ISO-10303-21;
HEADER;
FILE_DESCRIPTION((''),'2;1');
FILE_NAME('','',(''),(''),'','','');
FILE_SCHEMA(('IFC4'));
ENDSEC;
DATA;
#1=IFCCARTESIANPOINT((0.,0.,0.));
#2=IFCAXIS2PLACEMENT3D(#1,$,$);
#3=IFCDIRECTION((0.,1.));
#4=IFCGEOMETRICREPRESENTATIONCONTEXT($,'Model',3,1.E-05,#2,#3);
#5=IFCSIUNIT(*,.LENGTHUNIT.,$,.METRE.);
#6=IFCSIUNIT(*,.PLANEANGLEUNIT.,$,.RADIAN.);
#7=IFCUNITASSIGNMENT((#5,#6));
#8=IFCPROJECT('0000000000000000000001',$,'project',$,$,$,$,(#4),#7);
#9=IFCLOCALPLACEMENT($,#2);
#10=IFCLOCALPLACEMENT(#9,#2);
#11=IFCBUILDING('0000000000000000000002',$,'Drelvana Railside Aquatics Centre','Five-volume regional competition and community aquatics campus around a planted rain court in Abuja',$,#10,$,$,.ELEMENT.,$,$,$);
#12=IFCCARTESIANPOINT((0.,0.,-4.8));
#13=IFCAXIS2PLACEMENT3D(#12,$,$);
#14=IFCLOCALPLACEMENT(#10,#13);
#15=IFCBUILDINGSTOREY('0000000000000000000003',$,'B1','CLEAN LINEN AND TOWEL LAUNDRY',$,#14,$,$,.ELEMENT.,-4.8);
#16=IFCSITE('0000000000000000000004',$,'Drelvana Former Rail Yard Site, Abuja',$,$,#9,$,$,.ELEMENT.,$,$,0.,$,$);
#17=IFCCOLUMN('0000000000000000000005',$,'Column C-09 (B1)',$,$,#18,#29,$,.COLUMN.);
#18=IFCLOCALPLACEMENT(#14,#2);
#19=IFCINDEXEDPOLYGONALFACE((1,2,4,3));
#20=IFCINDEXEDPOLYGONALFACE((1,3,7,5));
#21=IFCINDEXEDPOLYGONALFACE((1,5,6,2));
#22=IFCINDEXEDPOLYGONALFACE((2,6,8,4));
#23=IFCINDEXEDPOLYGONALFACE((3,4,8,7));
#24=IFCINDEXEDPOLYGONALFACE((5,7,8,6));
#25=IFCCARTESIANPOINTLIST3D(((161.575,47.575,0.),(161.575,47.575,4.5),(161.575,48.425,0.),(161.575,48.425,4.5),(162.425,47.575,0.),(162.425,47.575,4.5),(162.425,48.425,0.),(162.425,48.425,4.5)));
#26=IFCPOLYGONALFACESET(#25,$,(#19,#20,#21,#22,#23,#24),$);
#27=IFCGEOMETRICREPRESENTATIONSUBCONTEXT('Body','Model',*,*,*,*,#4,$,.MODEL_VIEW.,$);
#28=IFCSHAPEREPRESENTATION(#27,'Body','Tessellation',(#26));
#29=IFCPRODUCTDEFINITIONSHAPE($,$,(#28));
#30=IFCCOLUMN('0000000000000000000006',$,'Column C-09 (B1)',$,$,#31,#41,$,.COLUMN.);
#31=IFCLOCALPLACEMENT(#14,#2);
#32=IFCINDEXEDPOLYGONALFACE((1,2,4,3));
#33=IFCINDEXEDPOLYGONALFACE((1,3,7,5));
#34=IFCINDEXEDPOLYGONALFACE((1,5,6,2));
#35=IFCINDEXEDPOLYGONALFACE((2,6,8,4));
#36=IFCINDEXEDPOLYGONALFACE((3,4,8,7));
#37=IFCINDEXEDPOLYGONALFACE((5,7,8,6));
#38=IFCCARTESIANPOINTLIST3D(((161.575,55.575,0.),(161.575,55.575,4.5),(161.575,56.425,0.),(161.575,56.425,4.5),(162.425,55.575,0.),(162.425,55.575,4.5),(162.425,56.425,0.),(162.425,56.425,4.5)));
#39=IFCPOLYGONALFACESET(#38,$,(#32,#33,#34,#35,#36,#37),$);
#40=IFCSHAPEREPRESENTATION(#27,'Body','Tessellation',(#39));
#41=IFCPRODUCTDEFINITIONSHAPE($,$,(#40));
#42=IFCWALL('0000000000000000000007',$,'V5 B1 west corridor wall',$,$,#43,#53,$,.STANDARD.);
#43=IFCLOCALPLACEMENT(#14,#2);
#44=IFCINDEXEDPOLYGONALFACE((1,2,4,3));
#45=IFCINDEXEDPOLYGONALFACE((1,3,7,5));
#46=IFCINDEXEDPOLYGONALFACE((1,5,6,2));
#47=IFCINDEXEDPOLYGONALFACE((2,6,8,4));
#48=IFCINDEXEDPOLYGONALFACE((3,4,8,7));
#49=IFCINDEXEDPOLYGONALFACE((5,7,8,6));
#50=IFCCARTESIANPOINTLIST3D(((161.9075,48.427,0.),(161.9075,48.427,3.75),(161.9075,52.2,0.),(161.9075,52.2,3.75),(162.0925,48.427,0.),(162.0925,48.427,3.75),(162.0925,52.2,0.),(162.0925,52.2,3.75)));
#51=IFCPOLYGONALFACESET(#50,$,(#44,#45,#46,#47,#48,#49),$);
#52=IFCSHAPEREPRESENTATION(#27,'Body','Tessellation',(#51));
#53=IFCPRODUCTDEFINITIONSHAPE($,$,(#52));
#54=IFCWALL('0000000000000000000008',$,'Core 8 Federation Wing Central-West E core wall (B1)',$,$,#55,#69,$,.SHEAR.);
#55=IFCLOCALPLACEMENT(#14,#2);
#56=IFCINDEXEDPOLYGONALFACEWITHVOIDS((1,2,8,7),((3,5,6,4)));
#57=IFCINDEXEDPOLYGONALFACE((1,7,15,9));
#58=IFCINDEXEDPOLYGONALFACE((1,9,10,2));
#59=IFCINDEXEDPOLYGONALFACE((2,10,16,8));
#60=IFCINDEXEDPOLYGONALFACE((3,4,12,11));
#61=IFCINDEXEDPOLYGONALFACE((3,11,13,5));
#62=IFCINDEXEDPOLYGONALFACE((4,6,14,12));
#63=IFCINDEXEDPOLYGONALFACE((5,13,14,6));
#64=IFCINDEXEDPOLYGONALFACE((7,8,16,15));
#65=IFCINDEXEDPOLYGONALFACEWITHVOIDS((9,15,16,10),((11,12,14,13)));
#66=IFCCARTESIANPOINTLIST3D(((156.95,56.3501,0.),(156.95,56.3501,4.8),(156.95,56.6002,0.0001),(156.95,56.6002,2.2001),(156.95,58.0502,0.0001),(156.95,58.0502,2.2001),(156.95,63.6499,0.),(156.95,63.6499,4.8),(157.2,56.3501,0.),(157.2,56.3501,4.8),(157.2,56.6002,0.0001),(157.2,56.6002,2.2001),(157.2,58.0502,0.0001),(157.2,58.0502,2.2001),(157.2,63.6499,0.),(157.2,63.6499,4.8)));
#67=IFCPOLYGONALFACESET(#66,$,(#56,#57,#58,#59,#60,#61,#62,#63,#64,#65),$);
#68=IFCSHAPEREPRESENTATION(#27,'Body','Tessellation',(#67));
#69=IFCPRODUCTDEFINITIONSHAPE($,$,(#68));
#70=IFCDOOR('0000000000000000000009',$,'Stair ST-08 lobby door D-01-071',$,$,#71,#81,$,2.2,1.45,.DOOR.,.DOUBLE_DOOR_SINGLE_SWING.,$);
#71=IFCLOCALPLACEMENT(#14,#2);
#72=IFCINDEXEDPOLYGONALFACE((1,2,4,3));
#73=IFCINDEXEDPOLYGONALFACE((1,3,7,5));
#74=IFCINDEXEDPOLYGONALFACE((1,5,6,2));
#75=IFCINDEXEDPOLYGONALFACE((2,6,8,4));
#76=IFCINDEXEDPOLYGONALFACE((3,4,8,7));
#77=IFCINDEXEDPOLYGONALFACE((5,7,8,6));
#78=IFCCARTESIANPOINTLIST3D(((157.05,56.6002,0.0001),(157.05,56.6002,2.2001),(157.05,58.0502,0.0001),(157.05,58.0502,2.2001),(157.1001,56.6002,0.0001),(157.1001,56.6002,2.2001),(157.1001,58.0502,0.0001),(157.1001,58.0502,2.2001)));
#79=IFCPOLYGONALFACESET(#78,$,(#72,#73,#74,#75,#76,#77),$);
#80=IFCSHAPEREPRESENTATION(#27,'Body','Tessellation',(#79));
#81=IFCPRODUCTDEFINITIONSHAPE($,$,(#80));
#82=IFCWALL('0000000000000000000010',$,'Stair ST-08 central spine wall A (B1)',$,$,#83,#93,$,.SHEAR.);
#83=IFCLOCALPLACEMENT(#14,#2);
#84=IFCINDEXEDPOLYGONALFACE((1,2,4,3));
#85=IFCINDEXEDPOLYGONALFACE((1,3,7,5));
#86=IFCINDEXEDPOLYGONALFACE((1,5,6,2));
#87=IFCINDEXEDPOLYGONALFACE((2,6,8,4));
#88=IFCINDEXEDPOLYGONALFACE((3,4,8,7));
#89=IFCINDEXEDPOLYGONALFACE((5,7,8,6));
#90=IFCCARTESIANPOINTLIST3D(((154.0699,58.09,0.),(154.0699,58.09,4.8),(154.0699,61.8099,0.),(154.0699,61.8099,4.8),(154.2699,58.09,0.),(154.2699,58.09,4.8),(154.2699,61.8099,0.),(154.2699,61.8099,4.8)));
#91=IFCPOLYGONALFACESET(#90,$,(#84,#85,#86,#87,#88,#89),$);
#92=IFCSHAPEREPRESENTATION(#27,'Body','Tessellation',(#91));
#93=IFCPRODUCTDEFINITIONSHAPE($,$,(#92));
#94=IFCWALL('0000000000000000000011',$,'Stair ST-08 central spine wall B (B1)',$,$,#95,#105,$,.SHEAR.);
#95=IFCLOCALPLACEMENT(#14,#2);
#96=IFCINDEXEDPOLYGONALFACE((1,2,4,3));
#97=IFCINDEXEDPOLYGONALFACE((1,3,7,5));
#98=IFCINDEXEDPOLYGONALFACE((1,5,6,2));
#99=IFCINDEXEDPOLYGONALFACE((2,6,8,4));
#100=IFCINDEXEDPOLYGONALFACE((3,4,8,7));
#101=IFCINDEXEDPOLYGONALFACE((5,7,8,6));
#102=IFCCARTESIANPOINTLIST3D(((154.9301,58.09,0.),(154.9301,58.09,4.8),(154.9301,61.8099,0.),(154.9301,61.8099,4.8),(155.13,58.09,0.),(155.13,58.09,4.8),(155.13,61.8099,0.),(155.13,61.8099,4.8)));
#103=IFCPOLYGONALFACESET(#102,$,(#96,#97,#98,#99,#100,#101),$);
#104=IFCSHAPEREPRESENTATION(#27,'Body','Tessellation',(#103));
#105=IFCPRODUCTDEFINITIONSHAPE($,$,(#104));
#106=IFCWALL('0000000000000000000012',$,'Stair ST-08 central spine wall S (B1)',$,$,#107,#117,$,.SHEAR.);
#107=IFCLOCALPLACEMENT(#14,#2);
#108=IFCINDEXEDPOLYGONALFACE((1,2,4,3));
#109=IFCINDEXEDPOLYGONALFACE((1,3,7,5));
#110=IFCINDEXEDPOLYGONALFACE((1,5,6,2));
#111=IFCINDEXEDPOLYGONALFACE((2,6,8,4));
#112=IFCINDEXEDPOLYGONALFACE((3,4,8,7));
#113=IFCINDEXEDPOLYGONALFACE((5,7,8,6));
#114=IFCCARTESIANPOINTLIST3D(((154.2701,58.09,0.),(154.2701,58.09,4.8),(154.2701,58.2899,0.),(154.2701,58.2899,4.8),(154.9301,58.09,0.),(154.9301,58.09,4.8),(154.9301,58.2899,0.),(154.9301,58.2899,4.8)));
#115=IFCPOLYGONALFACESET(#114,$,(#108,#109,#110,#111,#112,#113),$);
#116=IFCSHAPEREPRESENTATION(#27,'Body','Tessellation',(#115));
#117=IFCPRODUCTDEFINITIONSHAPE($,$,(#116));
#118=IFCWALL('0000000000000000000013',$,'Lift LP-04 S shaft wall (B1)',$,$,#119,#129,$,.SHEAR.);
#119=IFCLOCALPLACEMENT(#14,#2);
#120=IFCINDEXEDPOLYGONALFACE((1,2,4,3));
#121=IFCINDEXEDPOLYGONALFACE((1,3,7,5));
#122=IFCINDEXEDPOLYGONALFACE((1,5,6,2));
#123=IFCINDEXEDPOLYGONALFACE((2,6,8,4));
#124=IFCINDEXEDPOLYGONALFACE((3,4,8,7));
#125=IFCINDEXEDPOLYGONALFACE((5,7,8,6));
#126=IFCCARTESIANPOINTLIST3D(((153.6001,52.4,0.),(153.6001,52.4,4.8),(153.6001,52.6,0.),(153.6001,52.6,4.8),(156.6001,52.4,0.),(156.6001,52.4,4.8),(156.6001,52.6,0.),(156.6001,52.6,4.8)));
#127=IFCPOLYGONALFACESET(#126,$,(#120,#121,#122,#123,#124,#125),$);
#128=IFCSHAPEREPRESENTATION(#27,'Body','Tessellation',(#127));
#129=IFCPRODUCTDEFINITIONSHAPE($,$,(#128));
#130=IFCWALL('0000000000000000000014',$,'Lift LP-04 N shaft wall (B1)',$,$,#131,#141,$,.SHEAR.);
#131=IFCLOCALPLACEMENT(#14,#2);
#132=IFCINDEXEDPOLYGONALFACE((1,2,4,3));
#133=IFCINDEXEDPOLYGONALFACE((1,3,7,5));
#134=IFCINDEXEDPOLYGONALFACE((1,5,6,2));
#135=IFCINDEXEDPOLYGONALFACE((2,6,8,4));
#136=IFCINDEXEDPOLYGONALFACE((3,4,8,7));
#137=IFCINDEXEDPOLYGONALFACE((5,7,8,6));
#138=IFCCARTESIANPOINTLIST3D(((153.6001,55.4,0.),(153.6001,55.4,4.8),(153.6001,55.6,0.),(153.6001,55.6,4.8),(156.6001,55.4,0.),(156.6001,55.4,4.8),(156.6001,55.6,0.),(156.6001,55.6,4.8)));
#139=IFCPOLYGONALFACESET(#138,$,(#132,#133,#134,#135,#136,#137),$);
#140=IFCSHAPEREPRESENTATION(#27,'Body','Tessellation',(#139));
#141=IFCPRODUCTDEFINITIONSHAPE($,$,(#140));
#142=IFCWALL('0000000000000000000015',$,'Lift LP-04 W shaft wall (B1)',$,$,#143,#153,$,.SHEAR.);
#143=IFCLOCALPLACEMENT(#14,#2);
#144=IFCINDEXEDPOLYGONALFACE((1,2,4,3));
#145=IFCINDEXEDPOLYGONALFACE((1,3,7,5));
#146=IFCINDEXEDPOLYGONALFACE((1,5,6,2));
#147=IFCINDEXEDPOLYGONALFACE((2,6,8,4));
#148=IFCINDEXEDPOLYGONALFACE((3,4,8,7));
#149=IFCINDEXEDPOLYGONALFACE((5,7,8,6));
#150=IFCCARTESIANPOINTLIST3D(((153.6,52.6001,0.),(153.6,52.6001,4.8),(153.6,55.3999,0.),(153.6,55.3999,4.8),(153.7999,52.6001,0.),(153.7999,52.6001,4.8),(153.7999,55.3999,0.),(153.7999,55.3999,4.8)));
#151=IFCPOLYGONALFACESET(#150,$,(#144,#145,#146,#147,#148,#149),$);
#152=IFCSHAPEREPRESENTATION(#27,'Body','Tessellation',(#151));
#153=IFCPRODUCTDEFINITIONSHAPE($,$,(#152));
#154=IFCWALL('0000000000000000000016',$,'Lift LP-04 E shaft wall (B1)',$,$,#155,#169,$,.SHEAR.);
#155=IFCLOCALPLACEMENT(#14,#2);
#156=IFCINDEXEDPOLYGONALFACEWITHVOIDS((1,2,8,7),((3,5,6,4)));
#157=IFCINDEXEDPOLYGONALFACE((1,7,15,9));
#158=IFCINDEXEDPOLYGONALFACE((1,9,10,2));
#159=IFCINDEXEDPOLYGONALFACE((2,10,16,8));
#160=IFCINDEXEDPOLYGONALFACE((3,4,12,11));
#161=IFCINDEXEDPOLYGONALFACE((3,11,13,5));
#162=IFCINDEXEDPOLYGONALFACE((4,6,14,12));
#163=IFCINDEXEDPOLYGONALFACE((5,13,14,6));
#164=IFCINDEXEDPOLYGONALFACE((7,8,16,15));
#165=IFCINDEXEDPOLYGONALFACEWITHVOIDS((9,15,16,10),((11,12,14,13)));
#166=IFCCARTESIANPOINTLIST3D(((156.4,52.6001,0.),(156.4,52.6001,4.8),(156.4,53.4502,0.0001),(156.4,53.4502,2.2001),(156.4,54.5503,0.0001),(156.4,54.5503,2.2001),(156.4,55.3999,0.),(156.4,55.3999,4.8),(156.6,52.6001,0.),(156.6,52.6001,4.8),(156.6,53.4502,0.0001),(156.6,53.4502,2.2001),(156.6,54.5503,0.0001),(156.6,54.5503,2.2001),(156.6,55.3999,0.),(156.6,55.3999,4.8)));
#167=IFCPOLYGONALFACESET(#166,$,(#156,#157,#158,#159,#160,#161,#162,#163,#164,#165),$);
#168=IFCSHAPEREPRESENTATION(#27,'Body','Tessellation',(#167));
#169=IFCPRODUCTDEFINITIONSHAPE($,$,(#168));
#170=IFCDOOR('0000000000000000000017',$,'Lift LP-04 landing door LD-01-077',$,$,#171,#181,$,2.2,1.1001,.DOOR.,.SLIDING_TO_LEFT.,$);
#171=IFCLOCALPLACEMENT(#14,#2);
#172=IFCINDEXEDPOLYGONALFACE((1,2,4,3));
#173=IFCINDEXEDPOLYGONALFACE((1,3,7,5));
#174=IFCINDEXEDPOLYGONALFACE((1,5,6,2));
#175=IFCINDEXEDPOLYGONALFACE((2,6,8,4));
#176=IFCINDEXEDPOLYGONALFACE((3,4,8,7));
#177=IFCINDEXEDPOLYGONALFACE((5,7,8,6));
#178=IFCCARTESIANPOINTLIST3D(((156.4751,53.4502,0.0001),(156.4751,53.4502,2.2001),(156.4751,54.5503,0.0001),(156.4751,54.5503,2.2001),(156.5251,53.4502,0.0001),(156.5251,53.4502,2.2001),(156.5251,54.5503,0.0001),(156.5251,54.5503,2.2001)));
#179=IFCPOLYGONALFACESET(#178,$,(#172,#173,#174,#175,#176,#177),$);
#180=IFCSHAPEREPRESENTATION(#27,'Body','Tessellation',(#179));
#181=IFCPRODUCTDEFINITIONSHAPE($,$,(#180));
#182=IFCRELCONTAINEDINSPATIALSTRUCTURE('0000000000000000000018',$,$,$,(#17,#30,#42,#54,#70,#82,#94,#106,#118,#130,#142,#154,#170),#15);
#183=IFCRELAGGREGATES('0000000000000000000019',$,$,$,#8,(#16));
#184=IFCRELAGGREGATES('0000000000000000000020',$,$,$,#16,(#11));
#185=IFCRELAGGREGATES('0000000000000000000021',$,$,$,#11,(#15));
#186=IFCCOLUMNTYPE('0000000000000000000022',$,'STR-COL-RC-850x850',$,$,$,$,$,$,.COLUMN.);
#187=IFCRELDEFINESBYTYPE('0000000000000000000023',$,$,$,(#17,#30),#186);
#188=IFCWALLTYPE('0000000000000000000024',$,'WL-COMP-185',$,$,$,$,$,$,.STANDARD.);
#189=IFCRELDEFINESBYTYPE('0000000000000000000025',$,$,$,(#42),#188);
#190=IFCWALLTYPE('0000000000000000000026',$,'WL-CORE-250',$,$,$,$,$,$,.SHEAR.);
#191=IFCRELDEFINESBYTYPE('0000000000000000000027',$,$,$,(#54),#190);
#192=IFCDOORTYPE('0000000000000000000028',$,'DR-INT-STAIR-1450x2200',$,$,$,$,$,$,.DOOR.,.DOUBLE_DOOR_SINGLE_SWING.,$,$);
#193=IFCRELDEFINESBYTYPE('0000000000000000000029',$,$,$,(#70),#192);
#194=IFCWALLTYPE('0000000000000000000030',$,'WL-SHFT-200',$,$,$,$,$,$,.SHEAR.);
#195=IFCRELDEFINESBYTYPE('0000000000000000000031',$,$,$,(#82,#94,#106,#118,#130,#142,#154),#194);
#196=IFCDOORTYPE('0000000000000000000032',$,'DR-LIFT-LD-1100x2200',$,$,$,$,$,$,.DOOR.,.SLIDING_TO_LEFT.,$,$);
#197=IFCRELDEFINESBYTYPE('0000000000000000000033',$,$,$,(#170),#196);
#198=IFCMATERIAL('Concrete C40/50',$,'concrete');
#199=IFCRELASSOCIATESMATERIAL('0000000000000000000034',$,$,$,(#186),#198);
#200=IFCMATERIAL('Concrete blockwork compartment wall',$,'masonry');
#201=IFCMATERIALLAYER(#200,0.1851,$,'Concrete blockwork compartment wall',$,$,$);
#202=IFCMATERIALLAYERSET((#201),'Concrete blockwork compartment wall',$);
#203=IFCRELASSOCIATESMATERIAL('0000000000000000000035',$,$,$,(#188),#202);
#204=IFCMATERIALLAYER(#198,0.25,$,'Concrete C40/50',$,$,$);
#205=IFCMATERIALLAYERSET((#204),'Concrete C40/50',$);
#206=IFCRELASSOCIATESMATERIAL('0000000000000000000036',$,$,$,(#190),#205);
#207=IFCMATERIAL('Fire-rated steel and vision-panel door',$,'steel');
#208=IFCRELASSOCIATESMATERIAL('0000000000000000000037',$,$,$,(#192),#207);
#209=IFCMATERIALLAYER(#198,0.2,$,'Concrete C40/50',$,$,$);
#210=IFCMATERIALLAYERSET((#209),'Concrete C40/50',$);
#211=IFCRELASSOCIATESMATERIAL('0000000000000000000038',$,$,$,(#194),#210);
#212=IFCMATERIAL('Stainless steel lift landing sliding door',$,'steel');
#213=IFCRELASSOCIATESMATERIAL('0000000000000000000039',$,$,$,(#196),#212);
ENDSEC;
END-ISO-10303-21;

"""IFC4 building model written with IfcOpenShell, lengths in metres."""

from ifc_helpers import new_model, si_unit, direction, frame, frame_2d, origin, origin_2d, place, context, subcontext, project, spatial, rectangle, extrude, material, layer, layer_set, material_profile, profile_set, type_object, element, fill, save


model = new_model("IFC4")

# Units and contexts
model_context = context("Model", 3, precision=1e-05, world=origin(), true_north=direction((0.0, 1.0)))
body_context = subcontext(model_context, "Body", "Model", "MODEL_VIEW")
ifc_project = project(units=[si_unit("LENGTHUNIT", "METRE"), si_unit("PLANEANGLEUNIT", "RADIAN")], contexts=[model_context])

# Site, building, storey
site_placement = place(None, origin())
site = spatial("IfcSite", under=ifc_project, at=site_placement, Name="Drelvana Former Rail Yard Site, Abuja", CompositionType="ELEMENT", RefElevation=0.0)
building_placement = place(site_placement, origin())
building = spatial("IfcBuilding", under=site, at=building_placement, Name="Drelvana Railside Aquatics Centre", Description="Five-volume regional competition and community aquatics campus around a planted rain court in Abuja", CompositionType="ELEMENT")
storey_placement = place(building_placement, frame((0.0, 0.0, -4.8)))
storey = spatial("IfcBuildingStorey", under=building, at=storey_placement, Name="B1", Description="CLEAN LINEN AND TOWEL LAUNDRY", CompositionType="ELEMENT", Elevation=-4.8)

# Columns
ifc_material_1 = material(Name="Concrete C40/50", Category="concrete")
ifc_material_profile_1 = material_profile(ifc_material_1, rectangle(XDim=0.8501, YDim=0.8501, at=origin_2d()), Name="RC 850x850")
ifc_profile_set_1 = profile_set([ifc_material_profile_1], Name="Concrete C40/50")
column_type_1 = type_object("IfcColumnType", Name="STR-COL-RC-850x850", PredefinedType="COLUMN", material=ifc_profile_set_1)
for number, where, z_axis, x_axis, name in (
    (1, (162.0, 48.0, 0.0), (0.0, 0.0, 1.0), (1.0, 0.0, 0.0), "Column C-09 (B1)"),
    (2, (162.0, 56.0, 0.0), (0.0, 0.0, 1.0), (1.0, 0.0, 0.0), "Column C-09 (B1)"),
):
    element("IfcColumn", number, at=place(storey_placement, frame(where, z_axis=z_axis, x_axis=x_axis)), inside=storey, type_object=column_type_1, Name=name, PredefinedType="COLUMN", context=body_context, shape_type="SweptSolid", body=[
        extrude(rectangle(XDim=0.8501, YDim=0.8501, at=origin_2d()), origin(), (0.0, 0.0, 1.0), 4.5),
    ])

# Wall
ifc_material_2 = material(Name="Concrete blockwork compartment wall", Category="masonry")
ifc_layer_1 = layer(ifc_material_2, 0.1851, Name="Concrete blockwork compartment wall")
ifc_layer_set_1 = layer_set([ifc_layer_1], Name="Concrete blockwork compartment wall")
wall_type_1 = type_object("IfcWallType", Name="WL-COMP-185", PredefinedType="STANDARD", material=ifc_layer_set_1)
wall_1_placement = place(storey_placement, frame((162.0, 48.427, 0.0), z_axis=(0.0, 0.0, 1.0), x_axis=(0.0, 1.0, 0.0)))
element("IfcWall", 3, at=wall_1_placement, inside=storey, type_object=wall_type_1, Name="V5 B1 west corridor wall", PredefinedType="STANDARD", context=body_context, shape_type="SweptSolid", body=[
    extrude(rectangle(XDim=3.7729, YDim=0.1851, at=frame_2d((1.8865, 0.0))), origin(), (0.0, 0.0, 1.0), 3.75),
])

# Wall, opening, door
ifc_layer_2 = layer(ifc_material_1, 0.25, Name="Concrete C40/50")
ifc_layer_set_2 = layer_set([ifc_layer_2], Name="Concrete C40/50")
wall_type_2 = type_object("IfcWallType", Name="WL-CORE-250", PredefinedType="SHEAR", material=ifc_layer_set_2)
wall_2_placement = place(storey_placement, frame((157.075, 56.3501, 0.0), z_axis=(0.0, 0.0, 1.0), x_axis=(0.0, 1.0, 0.0)))
wall_2 = element("IfcWall", 4, at=wall_2_placement, inside=storey, type_object=wall_type_2, Name="Core 8 Federation Wing Central-West E core wall (B1)", PredefinedType="SHEAR", context=body_context, shape_type="SweptSolid", body=[
    extrude(rectangle(XDim=7.2998, YDim=0.25, at=frame_2d((3.6499, 0.0))), origin(), (0.0, 0.0, 1.0), 4.8),
])
opening_1_placement = place(wall_2_placement, frame((0.25, 0.0, 0.0)))
opening_1 = element("IfcOpeningElement", 5, at=opening_1_placement, cuts=wall_2, PredefinedType="OPENING", context=body_context, shape_type="SweptSolid", body=[
    extrude(rectangle(XDim=1.45, YDim=2.2, at=frame_2d((0.7251, 1.1001))), frame((0.0, 0.135, 0.0), z_axis=(0.0, -1.0, 0.0), x_axis=(1.0, 0.0, 0.0)), (0.0, 0.0, 1.0), 0.27),
])
ifc_material_3 = material(Name="Fire-rated steel and vision-panel door", Category="steel")
door_type_1 = type_object("IfcDoorType", Name="DR-INT-STAIR-1450x2200", OperationType="DOUBLE_DOOR_SINGLE_SWING", PredefinedType="DOOR", material=ifc_material_3)
door_1_placement = place(opening_1_placement, origin())
door_1 = element("IfcDoor", 6, at=door_1_placement, inside=storey, type_object=door_type_1, Name="Stair ST-08 lobby door D-01-071", OperationType="DOUBLE_DOOR_SINGLE_SWING", OverallHeight=2.2, OverallWidth=1.45, PredefinedType="DOOR", context=body_context, shape_type="SweptSolid", body=[
    extrude(rectangle(XDim=1.45, YDim=2.2, at=frame_2d((0.7251, 1.1001))), frame((0.0, 0.0249, 0.0), z_axis=(0.0, -1.0, 0.0), x_axis=(1.0, 0.0, 0.0)), (0.0, 0.0, 1.0), 0.05),
])
fill(opening_1, door_1)

# Walls
ifc_layer_3 = layer(ifc_material_1, 0.2, Name="Concrete C40/50")
ifc_layer_set_3 = layer_set([ifc_layer_3], Name="Concrete C40/50")
wall_type_3 = type_object("IfcWallType", Name="WL-SHFT-200", PredefinedType="SHEAR", material=ifc_layer_set_3)
for number, where, z_axis, x_axis, name in (
    (7, (154.1699, 58.0901, 0.0), (0.0, 0.0, 1.0), (0.0, 1.0, 0.0), "Stair ST-08 central spine wall A (B1)"),
    (8, (155.03, 58.0901, 0.0), (0.0, 0.0, 1.0), (0.0, 1.0, 0.0), "Stair ST-08 central spine wall B (B1)"),
):
    element("IfcWall", number, at=place(storey_placement, frame(where, z_axis=z_axis, x_axis=x_axis)), inside=storey, type_object=wall_type_3, Name=name, PredefinedType="SHEAR", context=body_context, shape_type="SweptSolid", body=[
        extrude(rectangle(XDim=3.72, YDim=0.2, at=frame_2d((1.8599, 0.0))), origin(), (0.0, 0.0, 1.0), 4.8),
    ])
wall_3_placement = place(storey_placement, frame((154.27, 58.1899, 0.0), z_axis=(0.0, 0.0, 1.0), x_axis=(1.0, 0.0, 0.0)))
element("IfcWall", 9, at=wall_3_placement, inside=storey, type_object=wall_type_3, Name="Stair ST-08 central spine wall S (B1)", PredefinedType="SHEAR", context=body_context, shape_type="SweptSolid", body=[
    extrude(rectangle(XDim=0.6599, YDim=0.2, at=frame_2d((0.3301, 0.0))), origin(), (0.0, 0.0, 1.0), 4.8),
])
for number, where, z_axis, x_axis, name in (
    (10, (153.6001, 52.5, 0.0), (0.0, 0.0, 1.0), (1.0, 0.0, 0.0), "Lift LP-04 S shaft wall (B1)"),
    (11, (153.6001, 55.5, 0.0), (0.0, 0.0, 1.0), (1.0, 0.0, 0.0), "Lift LP-04 N shaft wall (B1)"),
):
    element("IfcWall", number, at=place(storey_placement, frame(where, z_axis=z_axis, x_axis=x_axis)), inside=storey, type_object=wall_type_3, Name=name, PredefinedType="SHEAR", context=body_context, shape_type="SweptSolid", body=[
        extrude(rectangle(XDim=3.0, YDim=0.2, at=frame_2d((1.5, 0.0))), origin(), (0.0, 0.0, 1.0), 4.8),
    ])
wall_4_placement = place(storey_placement, frame((153.7, 52.6001, 0.0), z_axis=(0.0, 0.0, 1.0), x_axis=(0.0, 1.0, 0.0)))
element("IfcWall", 12, at=wall_4_placement, inside=storey, type_object=wall_type_3, Name="Lift LP-04 W shaft wall (B1)", PredefinedType="SHEAR", context=body_context, shape_type="SweptSolid", body=[
    extrude(rectangle(XDim=2.7998, YDim=0.2, at=frame_2d((1.3999, 0.0))), origin(), (0.0, 0.0, 1.0), 4.8),
])

# Wall, opening, door
wall_5_placement = place(storey_placement, frame((156.5, 52.6001, 0.0), z_axis=(0.0, 0.0, 1.0), x_axis=(0.0, 1.0, 0.0)))
wall_5 = element("IfcWall", 13, at=wall_5_placement, inside=storey, type_object=wall_type_3, Name="Lift LP-04 E shaft wall (B1)", PredefinedType="SHEAR", context=body_context, shape_type="SweptSolid", body=[
    extrude(rectangle(XDim=2.7998, YDim=0.2, at=frame_2d((1.3999, 0.0))), origin(), (0.0, 0.0, 1.0), 4.8),
])
opening_2_placement = place(wall_5_placement, frame((0.8501, 0.0, 0.0)))
opening_2 = element("IfcOpeningElement", 14, at=opening_2_placement, cuts=wall_5, PredefinedType="OPENING", context=body_context, shape_type="SweptSolid", body=[
    extrude(rectangle(XDim=1.1001, YDim=2.2, at=frame_2d((0.55, 1.1001))), frame((0.0, 0.1099, 0.0), z_axis=(0.0, -1.0, 0.0), x_axis=(1.0, 0.0, 0.0)), (0.0, 0.0, 1.0), 0.22),
])
ifc_material_4 = material(Name="Stainless steel lift landing sliding door", Category="steel")
door_type_2 = type_object("IfcDoorType", Name="DR-LIFT-LD-1100x2200", OperationType="SLIDING_TO_LEFT", PredefinedType="DOOR", material=ifc_material_4)
door_2_placement = place(opening_2_placement, origin())
door_2 = element("IfcDoor", 15, at=door_2_placement, inside=storey, type_object=door_type_2, Name="Lift LP-04 landing door LD-01-077", OperationType="SLIDING_TO_LEFT", OverallHeight=2.2, OverallWidth=1.1001, PredefinedType="DOOR", context=body_context, shape_type="SweptSolid", body=[
    extrude(rectangle(XDim=1.1001, YDim=2.2, at=frame_2d((0.55, 1.1001))), frame((0.0, 0.0249, 0.0), z_axis=(0.0, -1.0, 0.0), x_axis=(1.0, 0.0, 0.0)), (0.0, 0.0, 1.0), 0.05),
])
fill(opening_2, door_2)

save(model, "model.ifc")
